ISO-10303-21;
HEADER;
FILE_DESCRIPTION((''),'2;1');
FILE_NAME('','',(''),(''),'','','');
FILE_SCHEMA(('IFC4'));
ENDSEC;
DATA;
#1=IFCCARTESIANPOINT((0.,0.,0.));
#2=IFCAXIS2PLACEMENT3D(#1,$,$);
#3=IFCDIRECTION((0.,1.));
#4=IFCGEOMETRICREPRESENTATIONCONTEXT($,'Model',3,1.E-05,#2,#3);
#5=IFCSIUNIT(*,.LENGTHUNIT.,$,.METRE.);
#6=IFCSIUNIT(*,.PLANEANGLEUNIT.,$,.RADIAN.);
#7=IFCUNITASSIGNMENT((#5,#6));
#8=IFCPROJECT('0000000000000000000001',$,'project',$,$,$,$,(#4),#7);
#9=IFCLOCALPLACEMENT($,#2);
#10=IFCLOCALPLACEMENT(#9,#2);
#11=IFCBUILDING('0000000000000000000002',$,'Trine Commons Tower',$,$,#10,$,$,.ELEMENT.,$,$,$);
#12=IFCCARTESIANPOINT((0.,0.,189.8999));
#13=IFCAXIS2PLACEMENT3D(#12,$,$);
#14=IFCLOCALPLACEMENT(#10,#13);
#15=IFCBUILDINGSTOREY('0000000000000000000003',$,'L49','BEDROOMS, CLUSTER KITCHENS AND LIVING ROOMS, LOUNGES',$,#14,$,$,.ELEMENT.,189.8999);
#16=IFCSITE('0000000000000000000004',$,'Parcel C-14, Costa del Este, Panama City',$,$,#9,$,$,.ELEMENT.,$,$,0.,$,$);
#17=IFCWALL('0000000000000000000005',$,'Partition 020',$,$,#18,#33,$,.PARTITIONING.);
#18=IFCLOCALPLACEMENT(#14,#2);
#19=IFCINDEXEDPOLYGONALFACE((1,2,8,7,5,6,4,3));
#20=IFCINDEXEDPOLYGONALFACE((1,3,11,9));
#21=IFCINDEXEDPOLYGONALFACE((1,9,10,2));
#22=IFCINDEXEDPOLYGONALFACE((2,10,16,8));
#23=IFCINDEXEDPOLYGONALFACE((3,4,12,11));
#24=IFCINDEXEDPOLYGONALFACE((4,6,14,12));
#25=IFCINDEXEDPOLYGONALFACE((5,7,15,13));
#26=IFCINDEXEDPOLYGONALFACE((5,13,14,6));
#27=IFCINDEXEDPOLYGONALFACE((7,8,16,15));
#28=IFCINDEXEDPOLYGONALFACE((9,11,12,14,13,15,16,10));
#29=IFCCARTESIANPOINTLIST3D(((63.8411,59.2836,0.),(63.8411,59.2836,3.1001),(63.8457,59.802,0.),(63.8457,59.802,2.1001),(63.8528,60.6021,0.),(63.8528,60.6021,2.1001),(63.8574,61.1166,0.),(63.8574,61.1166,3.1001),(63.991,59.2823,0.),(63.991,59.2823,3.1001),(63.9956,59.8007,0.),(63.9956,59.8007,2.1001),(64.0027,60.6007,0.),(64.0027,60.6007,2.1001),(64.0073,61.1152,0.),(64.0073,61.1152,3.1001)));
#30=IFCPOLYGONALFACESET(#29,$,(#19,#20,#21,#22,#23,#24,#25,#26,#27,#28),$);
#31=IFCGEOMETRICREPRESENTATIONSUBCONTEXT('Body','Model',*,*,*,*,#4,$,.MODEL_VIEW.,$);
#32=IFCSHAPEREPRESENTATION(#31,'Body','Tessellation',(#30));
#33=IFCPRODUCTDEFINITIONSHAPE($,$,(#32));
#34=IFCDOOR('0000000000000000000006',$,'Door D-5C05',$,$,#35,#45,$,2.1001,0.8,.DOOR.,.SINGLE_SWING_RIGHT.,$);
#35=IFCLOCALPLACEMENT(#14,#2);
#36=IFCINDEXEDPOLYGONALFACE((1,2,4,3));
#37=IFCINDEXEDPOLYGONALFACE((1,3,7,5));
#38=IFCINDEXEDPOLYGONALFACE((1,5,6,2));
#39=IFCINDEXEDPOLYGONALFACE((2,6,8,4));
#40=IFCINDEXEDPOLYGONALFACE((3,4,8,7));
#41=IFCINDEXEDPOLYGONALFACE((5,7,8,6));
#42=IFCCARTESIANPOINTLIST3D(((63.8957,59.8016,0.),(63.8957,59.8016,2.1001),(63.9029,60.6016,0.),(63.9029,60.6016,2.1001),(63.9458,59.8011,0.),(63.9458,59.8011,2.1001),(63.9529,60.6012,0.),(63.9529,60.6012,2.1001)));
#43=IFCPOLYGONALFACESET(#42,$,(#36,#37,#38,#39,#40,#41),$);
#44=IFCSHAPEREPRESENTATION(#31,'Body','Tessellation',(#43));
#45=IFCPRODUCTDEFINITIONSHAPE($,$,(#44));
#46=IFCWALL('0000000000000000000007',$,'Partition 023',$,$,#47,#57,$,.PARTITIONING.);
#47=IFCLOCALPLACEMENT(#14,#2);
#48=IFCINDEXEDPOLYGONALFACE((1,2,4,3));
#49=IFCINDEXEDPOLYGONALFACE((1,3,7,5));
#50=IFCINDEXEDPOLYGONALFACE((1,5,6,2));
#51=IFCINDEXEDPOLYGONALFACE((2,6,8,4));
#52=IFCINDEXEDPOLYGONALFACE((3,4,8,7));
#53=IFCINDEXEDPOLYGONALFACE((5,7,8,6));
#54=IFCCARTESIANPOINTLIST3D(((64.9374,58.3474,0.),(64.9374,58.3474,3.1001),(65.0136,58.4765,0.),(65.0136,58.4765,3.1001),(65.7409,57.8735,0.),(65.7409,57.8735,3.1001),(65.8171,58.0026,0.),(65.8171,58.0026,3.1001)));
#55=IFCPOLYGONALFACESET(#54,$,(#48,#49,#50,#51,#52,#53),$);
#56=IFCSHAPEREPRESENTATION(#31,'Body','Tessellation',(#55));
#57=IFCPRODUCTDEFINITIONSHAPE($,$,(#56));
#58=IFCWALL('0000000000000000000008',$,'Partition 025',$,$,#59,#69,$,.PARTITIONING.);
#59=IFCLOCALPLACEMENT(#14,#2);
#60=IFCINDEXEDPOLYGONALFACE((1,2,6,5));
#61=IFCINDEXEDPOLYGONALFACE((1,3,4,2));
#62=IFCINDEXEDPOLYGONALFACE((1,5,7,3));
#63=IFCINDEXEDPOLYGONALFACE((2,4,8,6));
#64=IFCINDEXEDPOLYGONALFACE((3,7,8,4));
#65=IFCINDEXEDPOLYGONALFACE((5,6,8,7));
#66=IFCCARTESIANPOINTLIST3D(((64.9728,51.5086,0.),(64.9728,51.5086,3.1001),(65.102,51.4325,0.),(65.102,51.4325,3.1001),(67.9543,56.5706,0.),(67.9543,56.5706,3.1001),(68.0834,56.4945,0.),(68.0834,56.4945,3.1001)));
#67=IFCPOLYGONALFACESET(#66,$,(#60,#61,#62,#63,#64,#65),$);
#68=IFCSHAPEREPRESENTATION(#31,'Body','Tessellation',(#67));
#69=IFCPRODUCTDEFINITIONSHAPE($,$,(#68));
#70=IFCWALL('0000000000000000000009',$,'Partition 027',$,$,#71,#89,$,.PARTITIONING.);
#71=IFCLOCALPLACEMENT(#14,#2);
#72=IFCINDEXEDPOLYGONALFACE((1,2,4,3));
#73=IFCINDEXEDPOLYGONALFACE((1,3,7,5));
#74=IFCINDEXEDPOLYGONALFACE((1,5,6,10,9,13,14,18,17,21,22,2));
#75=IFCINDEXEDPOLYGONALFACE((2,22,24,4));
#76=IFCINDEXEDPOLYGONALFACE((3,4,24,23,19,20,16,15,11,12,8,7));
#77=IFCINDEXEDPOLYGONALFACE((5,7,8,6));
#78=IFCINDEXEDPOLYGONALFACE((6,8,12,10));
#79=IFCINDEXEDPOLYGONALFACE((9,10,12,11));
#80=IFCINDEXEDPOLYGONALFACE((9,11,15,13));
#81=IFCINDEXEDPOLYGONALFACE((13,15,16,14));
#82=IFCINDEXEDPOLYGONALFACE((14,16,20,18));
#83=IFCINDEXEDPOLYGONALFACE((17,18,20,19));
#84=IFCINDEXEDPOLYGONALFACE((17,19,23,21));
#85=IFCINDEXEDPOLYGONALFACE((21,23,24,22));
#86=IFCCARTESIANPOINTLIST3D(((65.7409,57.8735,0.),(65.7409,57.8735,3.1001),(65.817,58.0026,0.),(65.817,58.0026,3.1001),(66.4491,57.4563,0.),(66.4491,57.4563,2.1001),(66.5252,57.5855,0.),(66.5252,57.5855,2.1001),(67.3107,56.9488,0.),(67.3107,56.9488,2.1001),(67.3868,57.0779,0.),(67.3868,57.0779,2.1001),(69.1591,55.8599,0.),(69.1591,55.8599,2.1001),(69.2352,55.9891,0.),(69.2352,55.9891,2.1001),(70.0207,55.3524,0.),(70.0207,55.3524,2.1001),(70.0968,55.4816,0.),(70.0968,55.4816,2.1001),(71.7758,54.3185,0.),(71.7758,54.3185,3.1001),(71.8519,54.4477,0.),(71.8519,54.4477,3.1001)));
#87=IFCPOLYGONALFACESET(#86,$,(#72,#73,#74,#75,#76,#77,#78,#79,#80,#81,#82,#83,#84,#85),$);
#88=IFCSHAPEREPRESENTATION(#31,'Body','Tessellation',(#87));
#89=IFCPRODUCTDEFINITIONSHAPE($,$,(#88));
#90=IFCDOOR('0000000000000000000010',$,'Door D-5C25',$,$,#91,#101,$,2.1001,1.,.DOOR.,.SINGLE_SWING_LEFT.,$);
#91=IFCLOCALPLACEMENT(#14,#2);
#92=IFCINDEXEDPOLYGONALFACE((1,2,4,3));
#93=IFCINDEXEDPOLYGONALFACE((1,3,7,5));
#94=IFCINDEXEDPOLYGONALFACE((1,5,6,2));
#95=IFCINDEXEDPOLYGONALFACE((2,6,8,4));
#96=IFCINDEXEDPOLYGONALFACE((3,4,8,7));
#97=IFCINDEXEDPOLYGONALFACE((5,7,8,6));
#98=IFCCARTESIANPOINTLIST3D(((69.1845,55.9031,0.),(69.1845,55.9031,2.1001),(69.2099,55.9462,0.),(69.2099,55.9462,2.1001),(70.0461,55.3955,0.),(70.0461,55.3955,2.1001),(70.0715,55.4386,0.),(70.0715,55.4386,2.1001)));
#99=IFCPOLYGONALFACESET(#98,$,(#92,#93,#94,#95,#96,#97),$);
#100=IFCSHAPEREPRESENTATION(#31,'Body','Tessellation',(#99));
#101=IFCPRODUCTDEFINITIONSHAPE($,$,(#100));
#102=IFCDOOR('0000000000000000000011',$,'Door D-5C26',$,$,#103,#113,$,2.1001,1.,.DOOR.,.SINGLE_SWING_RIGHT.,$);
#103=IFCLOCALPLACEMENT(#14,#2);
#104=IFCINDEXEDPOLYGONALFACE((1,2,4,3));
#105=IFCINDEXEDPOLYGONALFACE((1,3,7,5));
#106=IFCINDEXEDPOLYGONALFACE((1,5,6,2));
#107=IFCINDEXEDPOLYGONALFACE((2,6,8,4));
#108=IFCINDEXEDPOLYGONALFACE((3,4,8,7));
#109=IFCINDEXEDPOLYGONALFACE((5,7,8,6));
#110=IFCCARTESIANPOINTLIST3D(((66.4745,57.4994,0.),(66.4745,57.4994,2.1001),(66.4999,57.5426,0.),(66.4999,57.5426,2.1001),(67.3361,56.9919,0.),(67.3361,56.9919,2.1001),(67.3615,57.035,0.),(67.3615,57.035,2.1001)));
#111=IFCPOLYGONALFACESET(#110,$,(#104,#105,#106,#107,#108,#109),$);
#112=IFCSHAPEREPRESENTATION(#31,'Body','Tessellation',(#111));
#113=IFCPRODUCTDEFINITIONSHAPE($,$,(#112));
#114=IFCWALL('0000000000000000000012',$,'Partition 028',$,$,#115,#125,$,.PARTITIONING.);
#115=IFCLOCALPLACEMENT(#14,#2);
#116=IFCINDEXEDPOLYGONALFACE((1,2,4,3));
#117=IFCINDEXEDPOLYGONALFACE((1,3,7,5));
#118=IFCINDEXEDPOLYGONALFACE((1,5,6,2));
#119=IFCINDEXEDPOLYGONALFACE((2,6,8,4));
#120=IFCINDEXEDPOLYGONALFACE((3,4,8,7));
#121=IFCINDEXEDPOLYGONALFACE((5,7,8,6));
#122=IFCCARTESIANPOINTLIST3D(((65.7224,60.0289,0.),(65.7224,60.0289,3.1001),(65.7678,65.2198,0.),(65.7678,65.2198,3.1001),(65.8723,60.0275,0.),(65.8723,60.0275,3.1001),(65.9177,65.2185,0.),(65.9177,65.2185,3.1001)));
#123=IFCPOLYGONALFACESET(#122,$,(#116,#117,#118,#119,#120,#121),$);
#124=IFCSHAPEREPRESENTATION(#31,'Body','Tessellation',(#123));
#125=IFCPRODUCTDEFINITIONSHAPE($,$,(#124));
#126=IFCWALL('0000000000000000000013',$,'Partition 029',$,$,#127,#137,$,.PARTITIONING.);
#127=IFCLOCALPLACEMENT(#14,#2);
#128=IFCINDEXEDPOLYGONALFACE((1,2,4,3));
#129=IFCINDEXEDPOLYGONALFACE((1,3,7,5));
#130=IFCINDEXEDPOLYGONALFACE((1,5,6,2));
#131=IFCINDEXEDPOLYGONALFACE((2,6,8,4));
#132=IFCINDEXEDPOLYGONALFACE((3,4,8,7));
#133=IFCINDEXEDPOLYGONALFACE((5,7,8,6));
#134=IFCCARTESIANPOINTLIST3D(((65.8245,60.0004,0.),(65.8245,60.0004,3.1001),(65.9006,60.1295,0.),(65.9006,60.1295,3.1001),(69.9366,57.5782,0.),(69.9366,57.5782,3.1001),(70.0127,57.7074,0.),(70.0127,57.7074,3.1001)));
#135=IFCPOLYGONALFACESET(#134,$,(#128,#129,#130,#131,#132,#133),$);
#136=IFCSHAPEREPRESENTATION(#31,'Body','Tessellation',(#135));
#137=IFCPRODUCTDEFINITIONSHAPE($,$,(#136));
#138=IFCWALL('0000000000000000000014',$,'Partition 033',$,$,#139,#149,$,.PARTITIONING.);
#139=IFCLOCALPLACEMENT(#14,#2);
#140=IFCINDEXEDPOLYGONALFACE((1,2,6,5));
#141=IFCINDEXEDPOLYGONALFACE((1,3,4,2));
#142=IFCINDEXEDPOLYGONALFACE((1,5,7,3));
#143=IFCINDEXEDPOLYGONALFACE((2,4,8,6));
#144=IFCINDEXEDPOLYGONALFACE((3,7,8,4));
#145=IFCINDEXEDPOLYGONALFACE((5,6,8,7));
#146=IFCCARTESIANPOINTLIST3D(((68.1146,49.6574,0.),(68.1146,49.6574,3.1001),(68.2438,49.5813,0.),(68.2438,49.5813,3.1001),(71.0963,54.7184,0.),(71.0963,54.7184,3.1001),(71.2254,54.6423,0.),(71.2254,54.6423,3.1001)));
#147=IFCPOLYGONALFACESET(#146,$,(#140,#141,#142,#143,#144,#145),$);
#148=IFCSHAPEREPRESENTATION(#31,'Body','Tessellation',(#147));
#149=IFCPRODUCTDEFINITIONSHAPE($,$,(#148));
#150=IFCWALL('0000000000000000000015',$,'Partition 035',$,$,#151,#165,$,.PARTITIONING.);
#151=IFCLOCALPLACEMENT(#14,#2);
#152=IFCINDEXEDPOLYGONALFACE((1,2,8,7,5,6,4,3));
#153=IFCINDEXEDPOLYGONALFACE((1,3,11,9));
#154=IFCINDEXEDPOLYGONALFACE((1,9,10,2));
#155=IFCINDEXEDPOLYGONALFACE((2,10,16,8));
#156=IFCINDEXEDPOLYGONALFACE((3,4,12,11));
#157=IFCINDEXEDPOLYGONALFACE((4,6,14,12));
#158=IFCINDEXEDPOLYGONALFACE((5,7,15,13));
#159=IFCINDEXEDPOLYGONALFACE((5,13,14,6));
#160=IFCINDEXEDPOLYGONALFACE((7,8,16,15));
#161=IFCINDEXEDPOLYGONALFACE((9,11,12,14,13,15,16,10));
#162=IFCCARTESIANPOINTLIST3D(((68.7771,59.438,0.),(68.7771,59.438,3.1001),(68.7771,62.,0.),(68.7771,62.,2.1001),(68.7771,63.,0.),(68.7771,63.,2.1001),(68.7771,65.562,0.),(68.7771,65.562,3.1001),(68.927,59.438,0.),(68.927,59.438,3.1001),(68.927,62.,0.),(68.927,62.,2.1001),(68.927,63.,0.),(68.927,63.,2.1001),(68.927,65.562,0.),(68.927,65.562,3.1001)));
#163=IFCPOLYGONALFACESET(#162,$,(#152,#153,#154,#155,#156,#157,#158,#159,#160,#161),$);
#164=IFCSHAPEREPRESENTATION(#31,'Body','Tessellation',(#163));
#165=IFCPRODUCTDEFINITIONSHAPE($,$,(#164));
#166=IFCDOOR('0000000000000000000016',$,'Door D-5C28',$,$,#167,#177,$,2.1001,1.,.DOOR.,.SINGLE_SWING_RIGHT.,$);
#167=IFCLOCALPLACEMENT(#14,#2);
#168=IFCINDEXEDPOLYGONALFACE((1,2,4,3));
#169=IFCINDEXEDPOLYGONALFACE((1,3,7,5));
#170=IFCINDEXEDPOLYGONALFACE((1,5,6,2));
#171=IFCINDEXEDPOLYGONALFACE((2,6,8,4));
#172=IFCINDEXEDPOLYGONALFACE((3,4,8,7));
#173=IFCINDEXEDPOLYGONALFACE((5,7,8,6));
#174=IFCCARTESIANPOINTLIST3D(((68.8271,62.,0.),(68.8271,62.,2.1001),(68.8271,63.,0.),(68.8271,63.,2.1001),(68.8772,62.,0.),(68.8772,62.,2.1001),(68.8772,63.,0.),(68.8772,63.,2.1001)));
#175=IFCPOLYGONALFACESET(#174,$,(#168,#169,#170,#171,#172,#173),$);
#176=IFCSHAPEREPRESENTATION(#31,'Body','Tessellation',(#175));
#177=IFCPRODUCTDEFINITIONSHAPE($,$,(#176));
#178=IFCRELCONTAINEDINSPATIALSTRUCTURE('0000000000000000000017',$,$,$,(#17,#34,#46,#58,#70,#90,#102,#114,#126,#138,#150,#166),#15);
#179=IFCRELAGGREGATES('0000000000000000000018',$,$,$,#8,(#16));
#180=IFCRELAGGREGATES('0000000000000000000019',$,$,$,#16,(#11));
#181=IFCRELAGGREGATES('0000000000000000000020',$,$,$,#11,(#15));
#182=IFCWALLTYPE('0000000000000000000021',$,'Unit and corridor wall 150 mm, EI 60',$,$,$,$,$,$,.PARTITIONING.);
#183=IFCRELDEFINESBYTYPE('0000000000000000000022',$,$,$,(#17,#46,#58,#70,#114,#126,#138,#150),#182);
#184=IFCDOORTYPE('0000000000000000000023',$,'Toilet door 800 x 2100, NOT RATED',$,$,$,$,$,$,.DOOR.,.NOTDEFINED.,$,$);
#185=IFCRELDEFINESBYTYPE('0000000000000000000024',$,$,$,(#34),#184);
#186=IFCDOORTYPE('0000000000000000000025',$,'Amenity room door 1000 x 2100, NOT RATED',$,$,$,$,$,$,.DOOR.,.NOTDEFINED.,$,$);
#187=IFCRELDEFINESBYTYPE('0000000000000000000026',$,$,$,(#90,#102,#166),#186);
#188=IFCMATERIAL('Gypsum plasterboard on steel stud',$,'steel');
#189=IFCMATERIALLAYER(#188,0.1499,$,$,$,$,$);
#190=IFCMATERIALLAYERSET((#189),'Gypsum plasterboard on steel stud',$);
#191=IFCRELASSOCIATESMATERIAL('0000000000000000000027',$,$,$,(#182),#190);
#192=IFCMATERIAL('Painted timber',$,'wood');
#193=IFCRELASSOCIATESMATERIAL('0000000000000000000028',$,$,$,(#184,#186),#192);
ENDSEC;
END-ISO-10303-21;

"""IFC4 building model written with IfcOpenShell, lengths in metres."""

from ifc_helpers import new_model, si_unit, direction, frame, frame_2d, origin, place, context, subcontext, project, spatial, rectangle, extrude, material, layer, layer_set, type_object, element, fill, save


model = new_model("IFC4")

# Units and contexts
model_context = context("Model", 3, precision=1e-05, world=origin(), true_north=direction((0.0, 1.0)))
body_context = subcontext(model_context, "Body", "Model", "MODEL_VIEW")
ifc_project = project(units=[si_unit("LENGTHUNIT", "METRE"), si_unit("PLANEANGLEUNIT", "RADIAN")], contexts=[model_context])

# Site, building, storey
site_placement = place(None, origin())
site = spatial("IfcSite", under=ifc_project, at=site_placement, Name="Parcel C-14, Costa del Este, Panama City", CompositionType="ELEMENT", RefElevation=0.0)
building_placement = place(site_placement, origin())
building = spatial("IfcBuilding", under=site, at=building_placement, Name="Trine Commons Tower", CompositionType="ELEMENT")
storey_placement = place(building_placement, frame((0.0, 0.0, 189.8999)))
storey = spatial("IfcBuildingStorey", under=building, at=storey_placement, Name="L49", Description="BEDROOMS, CLUSTER KITCHENS AND LIVING ROOMS, LOUNGES", CompositionType="ELEMENT", Elevation=189.8999)

# Shared definitions
ifc_material_1 = material(Name="Gypsum plasterboard on steel stud", Category="steel")
ifc_layer_1 = layer(ifc_material_1, 0.1499)
ifc_layer_set_1 = layer_set([ifc_layer_1], Name="Gypsum plasterboard on steel stud")
wall_type_1 = type_object("IfcWallType", Name="Unit and corridor wall 150 mm, EI 60", PredefinedType="PARTITIONING", material=ifc_layer_set_1)

# Wall, opening, door
wall_1_placement = place(storey_placement, frame((63.916, 59.283, 0.0), z_axis=(0.0, 0.0, 1.0), x_axis=(0.008923, 0.99996, 0.0)))
wall_1 = element("IfcWall", 1, at=wall_1_placement, inside=storey, type_object=wall_type_1, Name="Partition 020", PredefinedType="PARTITIONING", context=body_context, shape_type="SweptSolid", body=[
    extrude(rectangle(XDim=1.833, YDim=0.1499, at=frame_2d((0.9165, 0.0))), origin(), (0.0, 0.0, 1.0), 3.1001),
])
opening_1_placement = place(wall_1_placement, frame((0.5186, 0.0, 0.0)))
opening_1 = element("IfcOpeningElement", 2, at=opening_1_placement, cuts=wall_1, PredefinedType="OPENING", context=body_context, shape_type="SweptSolid", body=[
    extrude(rectangle(XDim=0.8, YDim=2.1001, at=frame_2d((0.3999, 1.05))), frame((0.0, 0.085, 0.0), z_axis=(0.0, -1.0, 0.0), x_axis=(1.0, 0.0, 0.0)), (0.0, 0.0, 1.0), 0.1699),
])
ifc_material_2 = material(Name="Painted timber", Category="wood")
door_type_1 = type_object("IfcDoorType", Name="Toilet door 800 x 2100, NOT RATED", OperationType="NOTDEFINED", PredefinedType="DOOR", material=ifc_material_2)
door_1_placement = place(opening_1_placement, origin())
door_1 = element("IfcDoor", 3, at=door_1_placement, inside=storey, type_object=door_type_1, Name="Door D-5C05", OperationType="SINGLE_SWING_RIGHT", OverallHeight=2.1001, OverallWidth=0.8, PredefinedType="DOOR", context=body_context, shape_type="SweptSolid", body=[
    extrude(rectangle(XDim=0.8, YDim=2.1001, at=frame_2d((0.3999, 1.05))), frame((0.0, 0.0249, 0.0), z_axis=(0.0, -1.0, 0.0), x_axis=(1.0, 0.0, 0.0)), (0.0, 0.0, 1.0), 0.05),
])
fill(opening_1, door_1)

# Walls
wall_2_placement = place(storey_placement, frame((64.9756, 58.4119, 0.0), z_axis=(0.0, 0.0, 1.0), x_axis=(0.861348, -0.508015, 0.0)))
element("IfcWall", 4, at=wall_2_placement, inside=storey, type_object=wall_type_1, Name="Partition 023", PredefinedType="PARTITIONING", context=body_context, shape_type="SweptSolid", body=[
    extrude(rectangle(XDim=0.9329, YDim=0.1499, at=frame_2d((0.4663, 0.0))), origin(), (0.0, 0.0, 1.0), 3.1001),
])
wall_3_placement = place(storey_placement, frame((65.0374, 51.4705, 0.0), z_axis=(0.0, 0.0, 1.0), x_axis=(0.5075, 0.861652, 0.0)))
element("IfcWall", 5, at=wall_3_placement, inside=storey, type_object=wall_type_1, Name="Partition 025", PredefinedType="PARTITIONING", context=body_context, shape_type="SweptSolid", body=[
    extrude(rectangle(XDim=5.8748, YDim=0.1499, at=frame_2d((2.9375, 0.0))), origin(), (0.0, 0.0, 1.0), 3.1001),
])

# Wall, openings, doors
wall_4_placement = place(storey_placement, frame((65.7791, 57.938, 0.0), z_axis=(0.0, 0.0, 1.0), x_axis=(0.861623, -0.507549, 0.0)))
wall_4 = element("IfcWall", 6, at=wall_4_placement, inside=storey, type_object=wall_type_1, Name="Partition 027", PredefinedType="PARTITIONING", context=body_context, shape_type="SweptSolid", body=[
    extrude(rectangle(XDim=7.0042, YDim=0.1499, at=frame_2d((3.502, 0.0))), origin(), (0.0, 0.0, 1.0), 3.1001),
])
opening_2_placement = place(wall_4_placement, frame((3.967, 0.0, 0.0)))
opening_2 = element("IfcOpeningElement", 7, at=opening_2_placement, cuts=wall_4, PredefinedType="OPENING", context=body_context, shape_type="SweptSolid", body=[
    extrude(rectangle(XDim=1.0, YDim=2.1001, at=frame_2d((0.5, 1.05))), frame((0.0, 0.085, 0.0), z_axis=(0.0, -1.0, 0.0), x_axis=(1.0, 0.0, 0.0)), (0.0, 0.0, 1.0), 0.1699),
])
opening_3_placement = place(wall_4_placement, frame((0.8218, 0.0, 0.0)))
opening_3 = element("IfcOpeningElement", 8, at=opening_3_placement, cuts=wall_4, PredefinedType="OPENING", context=body_context, shape_type="SweptSolid", body=[
    extrude(rectangle(XDim=1.0, YDim=2.1001, at=frame_2d((0.5, 1.05))), frame((0.0, 0.085, 0.0), z_axis=(0.0, -1.0, 0.0), x_axis=(1.0, 0.0, 0.0)), (0.0, 0.0, 1.0), 0.1699),
])
door_type_2 = type_object("IfcDoorType", Name="Amenity room door 1000 x 2100, NOT RATED", OperationType="NOTDEFINED", PredefinedType="DOOR", material=ifc_material_2)
door_2_placement = place(opening_2_placement, frame((1.0, 0.0, 0.0), z_axis=(0.0, 0.0, 1.0), x_axis=(-1.0, 0.0, 0.0)))
door_2 = element("IfcDoor", 9, at=door_2_placement, inside=storey, type_object=door_type_2, Name="Door D-5C25", OperationType="SINGLE_SWING_LEFT", OverallHeight=2.1001, OverallWidth=1.0, PredefinedType="DOOR", context=body_context, shape_type="SweptSolid", body=[
    extrude(rectangle(XDim=1.0, YDim=2.1001, at=frame_2d((0.5, 1.05))), frame((0.0, 0.0249, 0.0), z_axis=(0.0, -1.0, 0.0), x_axis=(1.0, 0.0, 0.0)), (0.0, 0.0, 1.0), 0.05),
])
fill(opening_2, door_2)
door_3_placement = place(opening_3_placement, frame((1.0, 0.0, 0.0), z_axis=(0.0, 0.0, 1.0), x_axis=(-1.0, 0.0, 0.0)))
door_3 = element("IfcDoor", 10, at=door_3_placement, inside=storey, type_object=door_type_2, Name="Door D-5C26", OperationType="SINGLE_SWING_RIGHT", OverallHeight=2.1001, OverallWidth=1.0, PredefinedType="DOOR", context=body_context, shape_type="SweptSolid", body=[
    extrude(rectangle(XDim=1.0, YDim=2.1001, at=frame_2d((0.5, 1.05))), frame((0.0, 0.0249, 0.0), z_axis=(0.0, -1.0, 0.0), x_axis=(1.0, 0.0, 0.0)), (0.0, 0.0, 1.0), 0.05),
])
fill(opening_3, door_3)

# Walls
wall_5_placement = place(storey_placement, frame((65.7974, 60.0281, 0.0), z_axis=(0.0, 0.0, 1.0), x_axis=(0.008748, 0.999962, 0.0)))
element("IfcWall", 11, at=wall_5_placement, inside=storey, type_object=wall_type_1, Name="Partition 028", PredefinedType="PARTITIONING", context=body_context, shape_type="SweptSolid", body=[
    extrude(rectangle(XDim=5.1912, YDim=0.1499, at=frame_2d((2.5957, 0.0))), origin(), (0.0, 0.0, 1.0), 3.1001),
])
wall_6_placement = place(storey_placement, frame((65.8625, 60.0649, 0.0), z_axis=(0.0, 0.0, 1.0), x_axis=(0.861636, -0.507528, 0.0)))
element("IfcWall", 12, at=wall_6_placement, inside=storey, type_object=wall_type_1, Name="Partition 029", PredefinedType="PARTITIONING", context=body_context, shape_type="SweptSolid", body=[
    extrude(rectangle(XDim=4.7725, YDim=0.1499, at=frame_2d((2.3862, 0.0))), origin(), (0.0, 0.0, 1.0), 3.1001),
])
wall_7_placement = place(storey_placement, frame((68.1792, 49.6194, 0.0), z_axis=(0.0, 0.0, 1.0), x_axis=(0.507603, 0.861591, 0.0)))
element("IfcWall", 13, at=wall_7_placement, inside=storey, type_object=wall_type_1, Name="Partition 033", PredefinedType="PARTITIONING", context=body_context, shape_type="SweptSolid", body=[
    extrude(rectangle(XDim=5.874, YDim=0.1499, at=frame_2d((2.937, 0.0))), origin(), (0.0, 0.0, 1.0), 3.1001),
])

# Wall, opening, door
wall_8_placement = place(storey_placement, frame((68.8521, 59.438, 0.0), z_axis=(0.0, 0.0, 1.0), x_axis=(0.0, 1.0, 0.0)))
wall_8 = element("IfcWall", 14, at=wall_8_placement, inside=storey, type_object=wall_type_1, Name="Partition 035", PredefinedType="PARTITIONING", context=body_context, shape_type="SweptSolid", body=[
    extrude(rectangle(XDim=6.124, YDim=0.1499, at=frame_2d((3.062, 0.0))), origin(), (0.0, 0.0, 1.0), 3.1001),
])
opening_4_placement = place(wall_8_placement, frame((2.562, 0.0, 0.0)))
opening_4 = element("IfcOpeningElement", 15, at=opening_4_placement, cuts=wall_8, PredefinedType="OPENING", context=body_context, shape_type="SweptSolid", body=[
    extrude(rectangle(XDim=1.0, YDim=2.1001, at=frame_2d((0.5, 1.05))), frame((0.0, 0.085, 0.0), z_axis=(0.0, -1.0, 0.0), x_axis=(1.0, 0.0, 0.0)), (0.0, 0.0, 1.0), 0.1699),
])
door_4_placement = place(opening_4_placement, origin())
door_4 = element("IfcDoor", 16, at=door_4_placement, inside=storey, type_object=door_type_2, Name="Door D-5C28", OperationType="SINGLE_SWING_RIGHT", OverallHeight=2.1001, OverallWidth=1.0, PredefinedType="DOOR", context=body_context, shape_type="SweptSolid", body=[
    extrude(rectangle(XDim=1.0, YDim=2.1001, at=frame_2d((0.5, 1.05))), frame((0.0, 0.0249, 0.0), z_axis=(0.0, -1.0, 0.0), x_axis=(1.0, 0.0, 0.0)), (0.0, 0.0, 1.0), 0.05),
])
fill(opening_4, door_4)

save(model, "model.ifc")
